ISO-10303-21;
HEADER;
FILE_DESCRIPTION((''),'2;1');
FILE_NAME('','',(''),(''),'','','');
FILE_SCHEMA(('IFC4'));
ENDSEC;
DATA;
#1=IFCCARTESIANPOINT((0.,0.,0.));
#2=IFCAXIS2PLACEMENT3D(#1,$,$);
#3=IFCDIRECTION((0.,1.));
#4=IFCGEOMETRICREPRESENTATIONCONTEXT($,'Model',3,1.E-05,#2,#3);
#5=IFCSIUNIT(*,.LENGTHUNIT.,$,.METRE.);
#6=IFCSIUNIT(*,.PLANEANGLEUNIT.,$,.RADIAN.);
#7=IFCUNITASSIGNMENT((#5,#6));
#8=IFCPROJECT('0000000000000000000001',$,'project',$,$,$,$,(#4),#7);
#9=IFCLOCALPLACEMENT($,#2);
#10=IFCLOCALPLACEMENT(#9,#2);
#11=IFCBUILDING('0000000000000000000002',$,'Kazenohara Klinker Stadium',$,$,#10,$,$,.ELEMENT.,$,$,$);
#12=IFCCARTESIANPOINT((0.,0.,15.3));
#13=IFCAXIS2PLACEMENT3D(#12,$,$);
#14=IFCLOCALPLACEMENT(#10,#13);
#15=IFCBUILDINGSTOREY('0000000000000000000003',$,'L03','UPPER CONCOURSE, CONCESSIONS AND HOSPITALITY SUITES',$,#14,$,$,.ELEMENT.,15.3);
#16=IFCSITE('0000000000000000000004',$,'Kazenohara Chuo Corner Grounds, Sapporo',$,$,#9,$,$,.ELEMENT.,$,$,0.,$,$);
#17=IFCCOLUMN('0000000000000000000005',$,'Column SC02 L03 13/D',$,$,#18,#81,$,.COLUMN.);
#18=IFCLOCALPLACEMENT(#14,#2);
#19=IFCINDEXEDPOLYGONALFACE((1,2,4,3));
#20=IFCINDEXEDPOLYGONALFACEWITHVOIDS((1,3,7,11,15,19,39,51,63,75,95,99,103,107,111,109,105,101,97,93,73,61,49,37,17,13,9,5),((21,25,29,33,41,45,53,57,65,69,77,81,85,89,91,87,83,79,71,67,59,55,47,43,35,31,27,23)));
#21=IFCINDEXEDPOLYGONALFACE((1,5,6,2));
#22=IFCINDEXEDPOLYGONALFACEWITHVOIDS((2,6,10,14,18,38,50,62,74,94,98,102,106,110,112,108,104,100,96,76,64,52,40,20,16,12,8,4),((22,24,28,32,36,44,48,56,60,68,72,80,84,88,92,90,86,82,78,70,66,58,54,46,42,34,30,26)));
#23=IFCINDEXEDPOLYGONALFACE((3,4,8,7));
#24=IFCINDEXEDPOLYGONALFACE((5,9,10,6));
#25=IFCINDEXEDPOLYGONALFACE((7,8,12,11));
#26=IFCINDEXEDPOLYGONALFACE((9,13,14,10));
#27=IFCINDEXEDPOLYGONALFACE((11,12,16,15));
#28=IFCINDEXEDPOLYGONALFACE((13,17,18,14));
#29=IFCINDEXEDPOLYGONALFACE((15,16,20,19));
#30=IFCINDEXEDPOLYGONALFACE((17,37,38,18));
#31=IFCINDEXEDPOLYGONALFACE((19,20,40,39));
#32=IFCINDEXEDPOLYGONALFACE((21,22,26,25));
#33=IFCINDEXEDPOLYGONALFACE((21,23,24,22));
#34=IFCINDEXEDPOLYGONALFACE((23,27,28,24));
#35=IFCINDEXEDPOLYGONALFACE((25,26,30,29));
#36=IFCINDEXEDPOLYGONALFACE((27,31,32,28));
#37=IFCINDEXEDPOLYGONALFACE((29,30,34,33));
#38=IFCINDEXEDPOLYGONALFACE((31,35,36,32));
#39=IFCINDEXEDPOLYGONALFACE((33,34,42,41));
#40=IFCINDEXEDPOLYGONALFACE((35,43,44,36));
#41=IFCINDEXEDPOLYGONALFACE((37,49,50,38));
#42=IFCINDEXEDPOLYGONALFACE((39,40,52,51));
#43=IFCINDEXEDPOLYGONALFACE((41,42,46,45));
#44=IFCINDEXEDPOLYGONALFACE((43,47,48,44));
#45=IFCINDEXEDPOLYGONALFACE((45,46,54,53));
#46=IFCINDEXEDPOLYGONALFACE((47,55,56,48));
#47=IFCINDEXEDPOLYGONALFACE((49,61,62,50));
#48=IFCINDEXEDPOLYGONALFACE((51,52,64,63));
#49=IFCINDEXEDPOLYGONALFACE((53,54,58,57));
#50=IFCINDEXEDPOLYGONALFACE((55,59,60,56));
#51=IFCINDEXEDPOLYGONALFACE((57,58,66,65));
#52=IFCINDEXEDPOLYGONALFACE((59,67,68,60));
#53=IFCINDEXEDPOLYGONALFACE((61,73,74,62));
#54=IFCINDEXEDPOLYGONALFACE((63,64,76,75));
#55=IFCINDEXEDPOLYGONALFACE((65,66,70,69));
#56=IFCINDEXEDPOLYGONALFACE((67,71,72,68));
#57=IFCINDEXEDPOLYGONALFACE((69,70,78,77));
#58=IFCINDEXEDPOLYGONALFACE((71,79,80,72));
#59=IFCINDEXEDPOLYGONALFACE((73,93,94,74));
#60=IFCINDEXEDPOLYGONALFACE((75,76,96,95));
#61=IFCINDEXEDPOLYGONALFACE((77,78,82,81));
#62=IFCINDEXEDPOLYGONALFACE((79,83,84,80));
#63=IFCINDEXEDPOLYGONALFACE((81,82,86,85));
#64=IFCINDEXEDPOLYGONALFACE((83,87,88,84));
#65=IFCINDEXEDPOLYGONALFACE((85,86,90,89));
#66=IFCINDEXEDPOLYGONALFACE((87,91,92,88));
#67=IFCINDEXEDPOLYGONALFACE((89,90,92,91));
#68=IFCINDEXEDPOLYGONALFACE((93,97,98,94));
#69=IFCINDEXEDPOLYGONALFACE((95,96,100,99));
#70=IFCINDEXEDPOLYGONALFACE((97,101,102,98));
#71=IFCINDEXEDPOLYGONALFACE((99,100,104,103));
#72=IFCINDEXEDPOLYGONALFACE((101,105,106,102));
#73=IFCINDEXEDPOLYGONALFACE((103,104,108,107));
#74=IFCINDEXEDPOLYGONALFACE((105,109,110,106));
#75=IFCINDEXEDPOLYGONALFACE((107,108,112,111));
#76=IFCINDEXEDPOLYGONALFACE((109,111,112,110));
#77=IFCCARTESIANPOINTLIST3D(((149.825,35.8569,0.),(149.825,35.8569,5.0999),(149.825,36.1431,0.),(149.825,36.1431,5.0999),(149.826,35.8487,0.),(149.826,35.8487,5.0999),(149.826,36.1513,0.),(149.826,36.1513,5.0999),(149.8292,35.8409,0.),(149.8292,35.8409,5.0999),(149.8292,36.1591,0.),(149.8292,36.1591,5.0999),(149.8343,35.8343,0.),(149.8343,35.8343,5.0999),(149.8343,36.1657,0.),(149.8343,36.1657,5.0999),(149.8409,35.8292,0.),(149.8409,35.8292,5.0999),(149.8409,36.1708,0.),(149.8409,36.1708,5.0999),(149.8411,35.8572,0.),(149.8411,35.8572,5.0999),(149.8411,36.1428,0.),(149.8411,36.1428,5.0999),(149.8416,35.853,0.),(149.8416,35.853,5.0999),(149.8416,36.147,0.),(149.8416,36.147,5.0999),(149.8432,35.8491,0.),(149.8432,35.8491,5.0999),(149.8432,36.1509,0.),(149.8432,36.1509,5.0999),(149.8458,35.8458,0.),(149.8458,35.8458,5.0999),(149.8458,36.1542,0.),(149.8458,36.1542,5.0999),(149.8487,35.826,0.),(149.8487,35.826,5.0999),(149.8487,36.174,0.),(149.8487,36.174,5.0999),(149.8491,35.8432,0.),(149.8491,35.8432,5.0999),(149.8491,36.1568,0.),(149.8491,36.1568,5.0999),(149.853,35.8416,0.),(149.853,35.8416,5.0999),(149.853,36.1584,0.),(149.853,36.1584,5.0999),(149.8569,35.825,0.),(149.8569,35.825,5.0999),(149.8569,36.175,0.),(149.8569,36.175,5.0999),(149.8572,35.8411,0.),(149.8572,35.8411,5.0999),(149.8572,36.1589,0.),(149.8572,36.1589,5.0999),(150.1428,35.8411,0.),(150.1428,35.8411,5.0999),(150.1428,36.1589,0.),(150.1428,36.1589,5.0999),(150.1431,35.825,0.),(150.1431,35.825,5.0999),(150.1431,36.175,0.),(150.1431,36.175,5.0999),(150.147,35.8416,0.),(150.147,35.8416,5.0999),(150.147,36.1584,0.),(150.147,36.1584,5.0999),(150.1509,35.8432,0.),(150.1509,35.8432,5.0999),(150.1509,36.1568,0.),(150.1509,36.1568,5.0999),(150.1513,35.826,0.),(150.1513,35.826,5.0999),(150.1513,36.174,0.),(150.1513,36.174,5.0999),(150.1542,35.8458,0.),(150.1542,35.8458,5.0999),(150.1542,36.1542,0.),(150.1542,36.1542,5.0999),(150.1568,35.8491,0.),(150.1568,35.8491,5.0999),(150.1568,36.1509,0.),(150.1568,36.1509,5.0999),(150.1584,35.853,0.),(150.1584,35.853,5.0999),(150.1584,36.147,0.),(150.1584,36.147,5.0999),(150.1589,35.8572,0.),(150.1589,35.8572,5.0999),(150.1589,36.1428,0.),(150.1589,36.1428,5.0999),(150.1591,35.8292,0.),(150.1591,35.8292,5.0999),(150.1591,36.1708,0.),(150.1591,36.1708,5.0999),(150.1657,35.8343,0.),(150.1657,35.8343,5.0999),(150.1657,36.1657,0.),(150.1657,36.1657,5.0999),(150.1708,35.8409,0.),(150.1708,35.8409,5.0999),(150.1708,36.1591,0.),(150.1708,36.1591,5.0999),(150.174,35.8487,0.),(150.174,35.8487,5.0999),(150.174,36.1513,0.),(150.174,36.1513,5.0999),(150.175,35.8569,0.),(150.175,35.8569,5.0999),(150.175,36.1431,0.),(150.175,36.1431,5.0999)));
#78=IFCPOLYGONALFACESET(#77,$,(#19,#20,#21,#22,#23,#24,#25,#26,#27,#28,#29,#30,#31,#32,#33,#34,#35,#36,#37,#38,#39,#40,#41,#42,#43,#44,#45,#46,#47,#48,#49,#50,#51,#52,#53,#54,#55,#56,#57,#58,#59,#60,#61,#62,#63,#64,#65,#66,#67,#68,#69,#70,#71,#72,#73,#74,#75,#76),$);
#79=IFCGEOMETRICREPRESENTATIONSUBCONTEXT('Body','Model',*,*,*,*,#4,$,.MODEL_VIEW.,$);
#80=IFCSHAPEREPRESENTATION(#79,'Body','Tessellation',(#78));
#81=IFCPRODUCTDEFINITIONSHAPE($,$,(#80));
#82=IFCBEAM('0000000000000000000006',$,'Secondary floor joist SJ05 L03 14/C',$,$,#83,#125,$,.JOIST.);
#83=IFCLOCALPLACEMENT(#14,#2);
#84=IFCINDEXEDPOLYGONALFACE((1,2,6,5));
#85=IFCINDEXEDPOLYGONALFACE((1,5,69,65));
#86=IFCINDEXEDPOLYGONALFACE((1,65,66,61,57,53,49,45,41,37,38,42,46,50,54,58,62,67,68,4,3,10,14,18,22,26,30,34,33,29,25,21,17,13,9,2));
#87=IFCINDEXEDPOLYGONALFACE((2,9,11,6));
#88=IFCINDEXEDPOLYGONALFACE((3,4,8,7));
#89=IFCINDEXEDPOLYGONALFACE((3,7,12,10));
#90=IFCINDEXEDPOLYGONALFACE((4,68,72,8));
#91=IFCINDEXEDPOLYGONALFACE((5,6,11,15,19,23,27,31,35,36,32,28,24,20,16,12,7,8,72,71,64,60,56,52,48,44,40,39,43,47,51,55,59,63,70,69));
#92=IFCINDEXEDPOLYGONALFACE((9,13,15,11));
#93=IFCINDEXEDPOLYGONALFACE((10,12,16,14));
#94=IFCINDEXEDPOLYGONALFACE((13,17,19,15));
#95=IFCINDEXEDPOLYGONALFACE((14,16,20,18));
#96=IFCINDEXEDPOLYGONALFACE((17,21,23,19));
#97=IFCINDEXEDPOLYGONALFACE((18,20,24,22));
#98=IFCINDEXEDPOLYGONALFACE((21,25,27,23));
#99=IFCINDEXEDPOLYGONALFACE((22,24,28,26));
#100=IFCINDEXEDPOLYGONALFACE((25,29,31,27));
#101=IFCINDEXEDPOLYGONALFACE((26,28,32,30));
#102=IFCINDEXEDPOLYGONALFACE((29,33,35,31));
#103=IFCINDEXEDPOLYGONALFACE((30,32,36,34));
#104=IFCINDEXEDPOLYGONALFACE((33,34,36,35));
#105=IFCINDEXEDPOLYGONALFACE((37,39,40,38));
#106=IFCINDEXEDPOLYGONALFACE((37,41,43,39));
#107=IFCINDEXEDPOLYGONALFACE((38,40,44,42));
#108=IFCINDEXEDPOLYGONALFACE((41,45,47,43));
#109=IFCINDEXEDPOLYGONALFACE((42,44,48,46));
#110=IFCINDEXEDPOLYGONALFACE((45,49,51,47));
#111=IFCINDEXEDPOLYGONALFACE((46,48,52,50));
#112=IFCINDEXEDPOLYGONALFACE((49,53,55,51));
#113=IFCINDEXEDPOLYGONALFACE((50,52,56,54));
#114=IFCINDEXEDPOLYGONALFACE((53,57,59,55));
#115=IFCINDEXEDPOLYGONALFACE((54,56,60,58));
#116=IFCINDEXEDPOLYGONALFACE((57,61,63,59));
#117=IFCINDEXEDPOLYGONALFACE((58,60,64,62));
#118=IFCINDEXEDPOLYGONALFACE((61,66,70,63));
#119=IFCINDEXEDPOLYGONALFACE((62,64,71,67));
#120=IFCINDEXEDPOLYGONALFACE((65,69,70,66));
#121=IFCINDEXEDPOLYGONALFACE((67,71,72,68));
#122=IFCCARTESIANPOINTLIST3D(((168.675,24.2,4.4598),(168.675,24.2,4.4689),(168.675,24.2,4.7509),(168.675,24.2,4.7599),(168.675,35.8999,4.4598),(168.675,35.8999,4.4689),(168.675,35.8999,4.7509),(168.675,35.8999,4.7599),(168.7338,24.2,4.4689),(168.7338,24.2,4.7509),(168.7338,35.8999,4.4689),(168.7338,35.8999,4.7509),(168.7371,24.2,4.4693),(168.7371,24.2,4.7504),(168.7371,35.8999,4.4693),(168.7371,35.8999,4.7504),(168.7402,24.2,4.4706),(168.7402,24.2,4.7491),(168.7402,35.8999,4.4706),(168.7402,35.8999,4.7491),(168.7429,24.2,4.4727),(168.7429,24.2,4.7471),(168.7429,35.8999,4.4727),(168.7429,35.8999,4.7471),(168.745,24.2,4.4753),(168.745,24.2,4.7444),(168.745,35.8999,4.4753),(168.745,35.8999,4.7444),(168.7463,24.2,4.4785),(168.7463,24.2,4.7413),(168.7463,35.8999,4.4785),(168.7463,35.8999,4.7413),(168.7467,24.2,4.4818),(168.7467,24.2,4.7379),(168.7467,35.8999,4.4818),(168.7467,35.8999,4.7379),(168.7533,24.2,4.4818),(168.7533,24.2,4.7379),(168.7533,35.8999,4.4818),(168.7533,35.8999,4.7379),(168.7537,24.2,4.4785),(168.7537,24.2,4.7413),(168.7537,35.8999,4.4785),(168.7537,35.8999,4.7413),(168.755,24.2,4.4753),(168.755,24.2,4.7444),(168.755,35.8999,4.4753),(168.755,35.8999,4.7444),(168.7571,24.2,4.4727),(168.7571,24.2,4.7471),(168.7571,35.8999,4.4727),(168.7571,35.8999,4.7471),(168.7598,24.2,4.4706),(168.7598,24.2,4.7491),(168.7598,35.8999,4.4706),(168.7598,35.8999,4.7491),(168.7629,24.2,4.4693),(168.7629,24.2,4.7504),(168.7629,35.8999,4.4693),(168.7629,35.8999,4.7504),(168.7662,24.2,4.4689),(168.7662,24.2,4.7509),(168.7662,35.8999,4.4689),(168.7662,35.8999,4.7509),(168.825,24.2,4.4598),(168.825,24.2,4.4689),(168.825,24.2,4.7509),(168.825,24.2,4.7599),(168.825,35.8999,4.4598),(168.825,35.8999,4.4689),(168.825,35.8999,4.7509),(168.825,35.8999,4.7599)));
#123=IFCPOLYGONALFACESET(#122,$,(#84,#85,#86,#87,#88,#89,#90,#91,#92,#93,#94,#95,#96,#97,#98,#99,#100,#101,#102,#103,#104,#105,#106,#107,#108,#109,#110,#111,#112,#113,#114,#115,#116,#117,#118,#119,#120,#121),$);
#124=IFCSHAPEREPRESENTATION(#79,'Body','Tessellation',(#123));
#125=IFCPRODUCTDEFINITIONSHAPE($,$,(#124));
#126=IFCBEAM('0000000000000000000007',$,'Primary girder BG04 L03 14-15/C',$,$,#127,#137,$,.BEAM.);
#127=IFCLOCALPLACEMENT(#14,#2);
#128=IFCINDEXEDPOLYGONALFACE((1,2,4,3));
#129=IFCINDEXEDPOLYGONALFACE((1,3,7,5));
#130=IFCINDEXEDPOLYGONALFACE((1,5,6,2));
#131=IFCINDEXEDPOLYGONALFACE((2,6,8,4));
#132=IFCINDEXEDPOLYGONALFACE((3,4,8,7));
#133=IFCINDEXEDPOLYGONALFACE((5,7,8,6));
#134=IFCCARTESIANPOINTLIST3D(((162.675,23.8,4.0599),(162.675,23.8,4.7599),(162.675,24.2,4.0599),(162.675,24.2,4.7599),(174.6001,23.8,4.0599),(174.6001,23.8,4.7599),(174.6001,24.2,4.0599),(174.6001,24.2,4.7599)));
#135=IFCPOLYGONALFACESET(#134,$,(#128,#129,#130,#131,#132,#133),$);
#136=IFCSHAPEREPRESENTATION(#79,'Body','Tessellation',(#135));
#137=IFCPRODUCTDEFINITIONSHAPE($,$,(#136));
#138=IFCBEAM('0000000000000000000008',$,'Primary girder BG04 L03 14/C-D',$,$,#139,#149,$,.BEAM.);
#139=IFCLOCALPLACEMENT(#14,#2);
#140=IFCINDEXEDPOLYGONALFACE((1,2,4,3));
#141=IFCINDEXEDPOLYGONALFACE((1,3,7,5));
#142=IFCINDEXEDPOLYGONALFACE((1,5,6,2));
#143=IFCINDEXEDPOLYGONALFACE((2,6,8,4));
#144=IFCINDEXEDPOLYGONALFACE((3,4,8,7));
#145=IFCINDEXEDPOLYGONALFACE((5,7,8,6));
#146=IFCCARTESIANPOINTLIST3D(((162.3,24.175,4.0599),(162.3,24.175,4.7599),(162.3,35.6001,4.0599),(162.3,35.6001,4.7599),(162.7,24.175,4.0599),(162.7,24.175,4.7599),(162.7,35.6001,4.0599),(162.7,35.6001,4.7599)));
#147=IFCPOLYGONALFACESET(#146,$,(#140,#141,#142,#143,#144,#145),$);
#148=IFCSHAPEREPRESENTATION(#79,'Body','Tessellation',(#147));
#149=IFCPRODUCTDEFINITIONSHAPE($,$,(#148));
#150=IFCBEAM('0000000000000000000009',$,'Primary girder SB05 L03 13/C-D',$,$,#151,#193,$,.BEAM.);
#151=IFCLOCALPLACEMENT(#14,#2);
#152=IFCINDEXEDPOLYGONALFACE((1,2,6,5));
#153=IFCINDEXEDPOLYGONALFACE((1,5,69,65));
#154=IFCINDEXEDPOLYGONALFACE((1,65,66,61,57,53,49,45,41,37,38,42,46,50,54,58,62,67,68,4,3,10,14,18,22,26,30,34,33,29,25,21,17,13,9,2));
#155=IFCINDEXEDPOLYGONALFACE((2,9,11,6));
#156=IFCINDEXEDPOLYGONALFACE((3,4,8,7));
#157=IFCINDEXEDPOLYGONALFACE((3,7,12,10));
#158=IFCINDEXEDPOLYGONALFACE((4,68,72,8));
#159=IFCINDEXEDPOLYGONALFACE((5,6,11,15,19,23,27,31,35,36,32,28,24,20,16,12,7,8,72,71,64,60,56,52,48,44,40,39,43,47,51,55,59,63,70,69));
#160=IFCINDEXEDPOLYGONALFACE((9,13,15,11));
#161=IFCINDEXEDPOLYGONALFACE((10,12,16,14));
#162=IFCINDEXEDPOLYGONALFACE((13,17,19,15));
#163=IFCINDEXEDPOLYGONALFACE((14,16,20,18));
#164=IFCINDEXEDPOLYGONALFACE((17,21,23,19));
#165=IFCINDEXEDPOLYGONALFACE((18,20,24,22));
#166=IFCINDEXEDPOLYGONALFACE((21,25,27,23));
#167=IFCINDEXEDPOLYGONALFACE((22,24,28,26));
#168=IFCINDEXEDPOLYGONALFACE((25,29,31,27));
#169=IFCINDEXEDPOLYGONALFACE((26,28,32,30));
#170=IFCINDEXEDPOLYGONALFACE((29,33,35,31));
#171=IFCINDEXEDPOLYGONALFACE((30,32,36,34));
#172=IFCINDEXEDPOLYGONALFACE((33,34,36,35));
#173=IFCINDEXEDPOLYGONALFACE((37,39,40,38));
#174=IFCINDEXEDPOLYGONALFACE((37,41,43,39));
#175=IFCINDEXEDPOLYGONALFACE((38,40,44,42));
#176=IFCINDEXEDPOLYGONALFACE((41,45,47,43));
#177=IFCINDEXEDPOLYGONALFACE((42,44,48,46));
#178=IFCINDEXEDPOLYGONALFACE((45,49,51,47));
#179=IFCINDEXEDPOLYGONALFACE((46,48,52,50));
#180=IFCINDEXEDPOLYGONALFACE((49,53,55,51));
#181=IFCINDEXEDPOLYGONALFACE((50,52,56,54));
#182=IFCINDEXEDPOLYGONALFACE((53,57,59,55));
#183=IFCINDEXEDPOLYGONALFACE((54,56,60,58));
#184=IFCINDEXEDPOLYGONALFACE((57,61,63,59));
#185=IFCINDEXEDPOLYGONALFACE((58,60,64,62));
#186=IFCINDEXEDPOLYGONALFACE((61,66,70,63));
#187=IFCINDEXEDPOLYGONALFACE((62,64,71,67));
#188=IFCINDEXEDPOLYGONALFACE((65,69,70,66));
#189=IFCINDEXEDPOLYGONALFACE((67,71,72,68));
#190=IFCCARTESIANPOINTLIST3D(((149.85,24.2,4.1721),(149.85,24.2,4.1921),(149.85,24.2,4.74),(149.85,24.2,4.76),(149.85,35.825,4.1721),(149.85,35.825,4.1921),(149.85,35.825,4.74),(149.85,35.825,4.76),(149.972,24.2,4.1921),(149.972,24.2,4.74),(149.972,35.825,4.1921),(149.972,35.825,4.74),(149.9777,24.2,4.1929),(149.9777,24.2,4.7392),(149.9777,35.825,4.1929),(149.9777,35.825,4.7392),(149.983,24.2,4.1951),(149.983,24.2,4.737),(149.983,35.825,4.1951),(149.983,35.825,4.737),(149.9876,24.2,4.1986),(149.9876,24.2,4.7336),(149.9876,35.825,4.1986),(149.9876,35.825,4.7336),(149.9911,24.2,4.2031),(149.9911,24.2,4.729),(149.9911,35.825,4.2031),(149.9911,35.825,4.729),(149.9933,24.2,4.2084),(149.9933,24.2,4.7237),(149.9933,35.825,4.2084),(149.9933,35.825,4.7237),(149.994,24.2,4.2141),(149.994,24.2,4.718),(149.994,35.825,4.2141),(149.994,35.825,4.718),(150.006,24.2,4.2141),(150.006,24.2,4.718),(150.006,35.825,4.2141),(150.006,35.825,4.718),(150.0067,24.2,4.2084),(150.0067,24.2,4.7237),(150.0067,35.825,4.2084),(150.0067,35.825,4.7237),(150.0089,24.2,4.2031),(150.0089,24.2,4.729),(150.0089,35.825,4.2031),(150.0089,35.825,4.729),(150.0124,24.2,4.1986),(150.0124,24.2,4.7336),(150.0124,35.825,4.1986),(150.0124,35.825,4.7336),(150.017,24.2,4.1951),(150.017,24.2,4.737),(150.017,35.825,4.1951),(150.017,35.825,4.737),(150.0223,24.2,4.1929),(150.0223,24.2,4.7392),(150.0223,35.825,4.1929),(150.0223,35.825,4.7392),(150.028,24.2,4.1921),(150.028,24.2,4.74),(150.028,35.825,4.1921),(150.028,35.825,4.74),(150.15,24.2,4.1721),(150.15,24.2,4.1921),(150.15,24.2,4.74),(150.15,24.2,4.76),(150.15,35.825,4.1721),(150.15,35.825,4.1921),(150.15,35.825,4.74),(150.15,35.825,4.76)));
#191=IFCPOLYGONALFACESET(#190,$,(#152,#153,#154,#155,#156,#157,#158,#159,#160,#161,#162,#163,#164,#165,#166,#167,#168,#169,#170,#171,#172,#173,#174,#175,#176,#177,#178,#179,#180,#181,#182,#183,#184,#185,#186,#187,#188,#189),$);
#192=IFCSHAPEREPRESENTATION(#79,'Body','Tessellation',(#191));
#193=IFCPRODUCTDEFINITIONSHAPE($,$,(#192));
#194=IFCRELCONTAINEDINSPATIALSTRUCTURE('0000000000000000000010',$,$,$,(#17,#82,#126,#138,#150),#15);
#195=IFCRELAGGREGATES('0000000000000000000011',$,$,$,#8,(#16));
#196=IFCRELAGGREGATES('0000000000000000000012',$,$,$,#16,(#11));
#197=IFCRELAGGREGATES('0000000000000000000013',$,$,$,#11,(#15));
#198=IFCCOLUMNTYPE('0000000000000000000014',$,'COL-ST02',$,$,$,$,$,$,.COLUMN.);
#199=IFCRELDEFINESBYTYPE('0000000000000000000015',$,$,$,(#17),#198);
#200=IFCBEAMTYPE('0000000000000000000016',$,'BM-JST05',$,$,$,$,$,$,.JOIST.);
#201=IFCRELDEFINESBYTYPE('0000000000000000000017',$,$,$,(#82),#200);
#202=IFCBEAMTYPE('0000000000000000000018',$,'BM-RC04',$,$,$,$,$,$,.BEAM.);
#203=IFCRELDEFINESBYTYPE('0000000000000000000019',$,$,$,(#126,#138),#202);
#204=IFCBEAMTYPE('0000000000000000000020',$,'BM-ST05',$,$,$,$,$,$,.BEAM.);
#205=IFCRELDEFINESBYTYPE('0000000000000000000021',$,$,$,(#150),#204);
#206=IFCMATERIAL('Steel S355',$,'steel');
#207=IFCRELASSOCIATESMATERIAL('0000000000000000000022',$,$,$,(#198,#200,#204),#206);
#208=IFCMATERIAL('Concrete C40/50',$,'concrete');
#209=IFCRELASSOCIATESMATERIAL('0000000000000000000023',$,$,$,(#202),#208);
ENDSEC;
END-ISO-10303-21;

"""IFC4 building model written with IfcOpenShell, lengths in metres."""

from ifc_helpers import new_model, si_unit, direction, frame, origin, origin_2d, place, context, subcontext, project, spatial, rectangle, hollow_rectangle, i_section, extrude, material, material_profile, profile_set, type_object, element, save


model = new_model("IFC4")

# Units and contexts
model_context = context("Model", 3, precision=1e-05, world=origin(), true_north=direction((0.0, 1.0)))
body_context = subcontext(model_context, "Body", "Model", "MODEL_VIEW")
ifc_project = project(units=[si_unit("LENGTHUNIT", "METRE"), si_unit("PLANEANGLEUNIT", "RADIAN")], contexts=[model_context])

# Site, building, storey
site_placement = place(None, origin())
site = spatial("IfcSite", under=ifc_project, at=site_placement, Name="Kazenohara Chuo Corner Grounds, Sapporo", CompositionType="ELEMENT", RefElevation=0.0)
building_placement = place(site_placement, origin())
building = spatial("IfcBuilding", under=site, at=building_placement, Name="Kazenohara Klinker Stadium", CompositionType="ELEMENT")
storey_placement = place(building_placement, frame((0.0, 0.0, 15.3)))
storey = spatial("IfcBuildingStorey", under=building, at=storey_placement, Name="L03", Description="UPPER CONCOURSE, CONCESSIONS AND HOSPITALITY SUITES", CompositionType="ELEMENT", Elevation=15.3)

# Column
ifc_material_1 = material(Name="Steel S355", Category="steel")
ifc_material_profile_1 = material_profile(ifc_material_1, hollow_rectangle(XDim=0.3501, YDim=0.3501, WallThickness=0.0161, InnerFilletRadius=0.0161, OuterFilletRadius=0.032, at=origin_2d()), Name="SHS-350x350x16")
ifc_profile_set_1 = profile_set([ifc_material_profile_1], Name="Steel S355")
column_type = type_object("IfcColumnType", Name="COL-ST02", PredefinedType="COLUMN", material=ifc_profile_set_1)
column_placement = place(storey_placement, frame((150.0, 36.0, 0.0), z_axis=(0.0, 0.0, 1.0), x_axis=(1.0, 0.0, 0.0)))
element("IfcColumn", 1, at=column_placement, inside=storey, type_object=column_type, Name="Column SC02 L03 13/D", PredefinedType="COLUMN", context=body_context, shape_type="SweptSolid", body=[
    extrude(hollow_rectangle(XDim=0.3501, YDim=0.3501, WallThickness=0.0161, InnerFilletRadius=0.0161, OuterFilletRadius=0.032, at=origin_2d()), origin(), (0.0, 0.0, 1.0), 5.0999),
])

# Beams
ifc_material_profile_2 = material_profile(ifc_material_1, i_section(OverallWidth=0.1499, OverallDepth=0.3, WebThickness=0.0066, FlangeThickness=0.009, FilletRadius=0.0129, at=origin_2d()), Name="H-300x150x6.5x9")
ifc_profile_set_2 = profile_set([ifc_material_profile_2], Name="Steel S355")
beam_type_1 = type_object("IfcBeamType", Name="BM-JST05", PredefinedType="JOIST", material=ifc_profile_set_2)
beam_1_placement = place(storey_placement, frame((168.75, 24.2, 4.6099), z_axis=(0.0, 1.0, 0.0), x_axis=(-1.0, 0.0, 0.0)))
element("IfcBeam", 2, at=beam_1_placement, inside=storey, type_object=beam_type_1, Name="Secondary floor joist SJ05 L03 14/C", PredefinedType="JOIST", context=body_context, shape_type="SweptSolid", body=[
    extrude(i_section(OverallWidth=0.1499, OverallDepth=0.3, WebThickness=0.0066, FlangeThickness=0.009, FilletRadius=0.0129, at=origin_2d()), origin(), (0.0, 0.0, 1.0), 11.7),
])
ifc_material_2 = material(Name="Concrete C40/50", Category="concrete")
ifc_material_profile_3 = material_profile(ifc_material_2, rectangle(XDim=0.3999, YDim=0.7, at=origin_2d()), Name="RC-BM-400x700")
ifc_profile_set_3 = profile_set([ifc_material_profile_3], Name="Concrete C40/50")
beam_type_2 = type_object("IfcBeamType", Name="BM-RC04", PredefinedType="BEAM", material=ifc_profile_set_3)
beam_2_placement = place(storey_placement, frame((162.675, 24.0, 4.4099), z_axis=(1.0, 0.0, 0.0), x_axis=(0.0, 1.0, 0.0)))
element("IfcBeam", 3, at=beam_2_placement, inside=storey, type_object=beam_type_2, Name="Primary girder BG04 L03 14-15/C", PredefinedType="BEAM", context=body_context, shape_type="SweptSolid", body=[
    extrude(rectangle(XDim=0.3999, YDim=0.7, at=origin_2d()), origin(), (0.0, 0.0, 1.0), 11.925),
])
beam_3_placement = place(storey_placement, frame((162.5, 24.175, 4.4099), z_axis=(0.0, 1.0, 0.0), x_axis=(-1.0, 0.0, 0.0)))
element("IfcBeam", 4, at=beam_3_placement, inside=storey, type_object=beam_type_2, Name="Primary girder BG04 L03 14/C-D", PredefinedType="BEAM", context=body_context, shape_type="SweptSolid", body=[
    extrude(rectangle(XDim=0.3999, YDim=0.7, at=origin_2d()), origin(), (0.0, 0.0, 1.0), 11.425),
])
ifc_material_profile_4 = material_profile(ifc_material_1, i_section(OverallWidth=0.3, OverallDepth=0.5879, WebThickness=0.012, FlangeThickness=0.02, FilletRadius=0.022, at=origin_2d()), Name="H-588x300x12x20")
ifc_profile_set_4 = profile_set([ifc_material_profile_4], Name="Steel S355")
beam_type_3 = type_object("IfcBeamType", Name="BM-ST05", PredefinedType="BEAM", material=ifc_profile_set_4)
beam_4_placement = place(storey_placement, frame((150.0, 24.2, 4.4661), z_axis=(0.0, 1.0, 0.0), x_axis=(-1.0, 0.0, 0.0)))
element("IfcBeam", 5, at=beam_4_placement, inside=storey, type_object=beam_type_3, Name="Primary girder SB05 L03 13/C-D", PredefinedType="BEAM", context=body_context, shape_type="SweptSolid", body=[
    extrude(i_section(OverallWidth=0.3, OverallDepth=0.5879, WebThickness=0.012, FlangeThickness=0.02, FilletRadius=0.022, at=origin_2d()), origin(), (0.0, 0.0, 1.0), 11.625),
])

save(model, "model.ifc")
